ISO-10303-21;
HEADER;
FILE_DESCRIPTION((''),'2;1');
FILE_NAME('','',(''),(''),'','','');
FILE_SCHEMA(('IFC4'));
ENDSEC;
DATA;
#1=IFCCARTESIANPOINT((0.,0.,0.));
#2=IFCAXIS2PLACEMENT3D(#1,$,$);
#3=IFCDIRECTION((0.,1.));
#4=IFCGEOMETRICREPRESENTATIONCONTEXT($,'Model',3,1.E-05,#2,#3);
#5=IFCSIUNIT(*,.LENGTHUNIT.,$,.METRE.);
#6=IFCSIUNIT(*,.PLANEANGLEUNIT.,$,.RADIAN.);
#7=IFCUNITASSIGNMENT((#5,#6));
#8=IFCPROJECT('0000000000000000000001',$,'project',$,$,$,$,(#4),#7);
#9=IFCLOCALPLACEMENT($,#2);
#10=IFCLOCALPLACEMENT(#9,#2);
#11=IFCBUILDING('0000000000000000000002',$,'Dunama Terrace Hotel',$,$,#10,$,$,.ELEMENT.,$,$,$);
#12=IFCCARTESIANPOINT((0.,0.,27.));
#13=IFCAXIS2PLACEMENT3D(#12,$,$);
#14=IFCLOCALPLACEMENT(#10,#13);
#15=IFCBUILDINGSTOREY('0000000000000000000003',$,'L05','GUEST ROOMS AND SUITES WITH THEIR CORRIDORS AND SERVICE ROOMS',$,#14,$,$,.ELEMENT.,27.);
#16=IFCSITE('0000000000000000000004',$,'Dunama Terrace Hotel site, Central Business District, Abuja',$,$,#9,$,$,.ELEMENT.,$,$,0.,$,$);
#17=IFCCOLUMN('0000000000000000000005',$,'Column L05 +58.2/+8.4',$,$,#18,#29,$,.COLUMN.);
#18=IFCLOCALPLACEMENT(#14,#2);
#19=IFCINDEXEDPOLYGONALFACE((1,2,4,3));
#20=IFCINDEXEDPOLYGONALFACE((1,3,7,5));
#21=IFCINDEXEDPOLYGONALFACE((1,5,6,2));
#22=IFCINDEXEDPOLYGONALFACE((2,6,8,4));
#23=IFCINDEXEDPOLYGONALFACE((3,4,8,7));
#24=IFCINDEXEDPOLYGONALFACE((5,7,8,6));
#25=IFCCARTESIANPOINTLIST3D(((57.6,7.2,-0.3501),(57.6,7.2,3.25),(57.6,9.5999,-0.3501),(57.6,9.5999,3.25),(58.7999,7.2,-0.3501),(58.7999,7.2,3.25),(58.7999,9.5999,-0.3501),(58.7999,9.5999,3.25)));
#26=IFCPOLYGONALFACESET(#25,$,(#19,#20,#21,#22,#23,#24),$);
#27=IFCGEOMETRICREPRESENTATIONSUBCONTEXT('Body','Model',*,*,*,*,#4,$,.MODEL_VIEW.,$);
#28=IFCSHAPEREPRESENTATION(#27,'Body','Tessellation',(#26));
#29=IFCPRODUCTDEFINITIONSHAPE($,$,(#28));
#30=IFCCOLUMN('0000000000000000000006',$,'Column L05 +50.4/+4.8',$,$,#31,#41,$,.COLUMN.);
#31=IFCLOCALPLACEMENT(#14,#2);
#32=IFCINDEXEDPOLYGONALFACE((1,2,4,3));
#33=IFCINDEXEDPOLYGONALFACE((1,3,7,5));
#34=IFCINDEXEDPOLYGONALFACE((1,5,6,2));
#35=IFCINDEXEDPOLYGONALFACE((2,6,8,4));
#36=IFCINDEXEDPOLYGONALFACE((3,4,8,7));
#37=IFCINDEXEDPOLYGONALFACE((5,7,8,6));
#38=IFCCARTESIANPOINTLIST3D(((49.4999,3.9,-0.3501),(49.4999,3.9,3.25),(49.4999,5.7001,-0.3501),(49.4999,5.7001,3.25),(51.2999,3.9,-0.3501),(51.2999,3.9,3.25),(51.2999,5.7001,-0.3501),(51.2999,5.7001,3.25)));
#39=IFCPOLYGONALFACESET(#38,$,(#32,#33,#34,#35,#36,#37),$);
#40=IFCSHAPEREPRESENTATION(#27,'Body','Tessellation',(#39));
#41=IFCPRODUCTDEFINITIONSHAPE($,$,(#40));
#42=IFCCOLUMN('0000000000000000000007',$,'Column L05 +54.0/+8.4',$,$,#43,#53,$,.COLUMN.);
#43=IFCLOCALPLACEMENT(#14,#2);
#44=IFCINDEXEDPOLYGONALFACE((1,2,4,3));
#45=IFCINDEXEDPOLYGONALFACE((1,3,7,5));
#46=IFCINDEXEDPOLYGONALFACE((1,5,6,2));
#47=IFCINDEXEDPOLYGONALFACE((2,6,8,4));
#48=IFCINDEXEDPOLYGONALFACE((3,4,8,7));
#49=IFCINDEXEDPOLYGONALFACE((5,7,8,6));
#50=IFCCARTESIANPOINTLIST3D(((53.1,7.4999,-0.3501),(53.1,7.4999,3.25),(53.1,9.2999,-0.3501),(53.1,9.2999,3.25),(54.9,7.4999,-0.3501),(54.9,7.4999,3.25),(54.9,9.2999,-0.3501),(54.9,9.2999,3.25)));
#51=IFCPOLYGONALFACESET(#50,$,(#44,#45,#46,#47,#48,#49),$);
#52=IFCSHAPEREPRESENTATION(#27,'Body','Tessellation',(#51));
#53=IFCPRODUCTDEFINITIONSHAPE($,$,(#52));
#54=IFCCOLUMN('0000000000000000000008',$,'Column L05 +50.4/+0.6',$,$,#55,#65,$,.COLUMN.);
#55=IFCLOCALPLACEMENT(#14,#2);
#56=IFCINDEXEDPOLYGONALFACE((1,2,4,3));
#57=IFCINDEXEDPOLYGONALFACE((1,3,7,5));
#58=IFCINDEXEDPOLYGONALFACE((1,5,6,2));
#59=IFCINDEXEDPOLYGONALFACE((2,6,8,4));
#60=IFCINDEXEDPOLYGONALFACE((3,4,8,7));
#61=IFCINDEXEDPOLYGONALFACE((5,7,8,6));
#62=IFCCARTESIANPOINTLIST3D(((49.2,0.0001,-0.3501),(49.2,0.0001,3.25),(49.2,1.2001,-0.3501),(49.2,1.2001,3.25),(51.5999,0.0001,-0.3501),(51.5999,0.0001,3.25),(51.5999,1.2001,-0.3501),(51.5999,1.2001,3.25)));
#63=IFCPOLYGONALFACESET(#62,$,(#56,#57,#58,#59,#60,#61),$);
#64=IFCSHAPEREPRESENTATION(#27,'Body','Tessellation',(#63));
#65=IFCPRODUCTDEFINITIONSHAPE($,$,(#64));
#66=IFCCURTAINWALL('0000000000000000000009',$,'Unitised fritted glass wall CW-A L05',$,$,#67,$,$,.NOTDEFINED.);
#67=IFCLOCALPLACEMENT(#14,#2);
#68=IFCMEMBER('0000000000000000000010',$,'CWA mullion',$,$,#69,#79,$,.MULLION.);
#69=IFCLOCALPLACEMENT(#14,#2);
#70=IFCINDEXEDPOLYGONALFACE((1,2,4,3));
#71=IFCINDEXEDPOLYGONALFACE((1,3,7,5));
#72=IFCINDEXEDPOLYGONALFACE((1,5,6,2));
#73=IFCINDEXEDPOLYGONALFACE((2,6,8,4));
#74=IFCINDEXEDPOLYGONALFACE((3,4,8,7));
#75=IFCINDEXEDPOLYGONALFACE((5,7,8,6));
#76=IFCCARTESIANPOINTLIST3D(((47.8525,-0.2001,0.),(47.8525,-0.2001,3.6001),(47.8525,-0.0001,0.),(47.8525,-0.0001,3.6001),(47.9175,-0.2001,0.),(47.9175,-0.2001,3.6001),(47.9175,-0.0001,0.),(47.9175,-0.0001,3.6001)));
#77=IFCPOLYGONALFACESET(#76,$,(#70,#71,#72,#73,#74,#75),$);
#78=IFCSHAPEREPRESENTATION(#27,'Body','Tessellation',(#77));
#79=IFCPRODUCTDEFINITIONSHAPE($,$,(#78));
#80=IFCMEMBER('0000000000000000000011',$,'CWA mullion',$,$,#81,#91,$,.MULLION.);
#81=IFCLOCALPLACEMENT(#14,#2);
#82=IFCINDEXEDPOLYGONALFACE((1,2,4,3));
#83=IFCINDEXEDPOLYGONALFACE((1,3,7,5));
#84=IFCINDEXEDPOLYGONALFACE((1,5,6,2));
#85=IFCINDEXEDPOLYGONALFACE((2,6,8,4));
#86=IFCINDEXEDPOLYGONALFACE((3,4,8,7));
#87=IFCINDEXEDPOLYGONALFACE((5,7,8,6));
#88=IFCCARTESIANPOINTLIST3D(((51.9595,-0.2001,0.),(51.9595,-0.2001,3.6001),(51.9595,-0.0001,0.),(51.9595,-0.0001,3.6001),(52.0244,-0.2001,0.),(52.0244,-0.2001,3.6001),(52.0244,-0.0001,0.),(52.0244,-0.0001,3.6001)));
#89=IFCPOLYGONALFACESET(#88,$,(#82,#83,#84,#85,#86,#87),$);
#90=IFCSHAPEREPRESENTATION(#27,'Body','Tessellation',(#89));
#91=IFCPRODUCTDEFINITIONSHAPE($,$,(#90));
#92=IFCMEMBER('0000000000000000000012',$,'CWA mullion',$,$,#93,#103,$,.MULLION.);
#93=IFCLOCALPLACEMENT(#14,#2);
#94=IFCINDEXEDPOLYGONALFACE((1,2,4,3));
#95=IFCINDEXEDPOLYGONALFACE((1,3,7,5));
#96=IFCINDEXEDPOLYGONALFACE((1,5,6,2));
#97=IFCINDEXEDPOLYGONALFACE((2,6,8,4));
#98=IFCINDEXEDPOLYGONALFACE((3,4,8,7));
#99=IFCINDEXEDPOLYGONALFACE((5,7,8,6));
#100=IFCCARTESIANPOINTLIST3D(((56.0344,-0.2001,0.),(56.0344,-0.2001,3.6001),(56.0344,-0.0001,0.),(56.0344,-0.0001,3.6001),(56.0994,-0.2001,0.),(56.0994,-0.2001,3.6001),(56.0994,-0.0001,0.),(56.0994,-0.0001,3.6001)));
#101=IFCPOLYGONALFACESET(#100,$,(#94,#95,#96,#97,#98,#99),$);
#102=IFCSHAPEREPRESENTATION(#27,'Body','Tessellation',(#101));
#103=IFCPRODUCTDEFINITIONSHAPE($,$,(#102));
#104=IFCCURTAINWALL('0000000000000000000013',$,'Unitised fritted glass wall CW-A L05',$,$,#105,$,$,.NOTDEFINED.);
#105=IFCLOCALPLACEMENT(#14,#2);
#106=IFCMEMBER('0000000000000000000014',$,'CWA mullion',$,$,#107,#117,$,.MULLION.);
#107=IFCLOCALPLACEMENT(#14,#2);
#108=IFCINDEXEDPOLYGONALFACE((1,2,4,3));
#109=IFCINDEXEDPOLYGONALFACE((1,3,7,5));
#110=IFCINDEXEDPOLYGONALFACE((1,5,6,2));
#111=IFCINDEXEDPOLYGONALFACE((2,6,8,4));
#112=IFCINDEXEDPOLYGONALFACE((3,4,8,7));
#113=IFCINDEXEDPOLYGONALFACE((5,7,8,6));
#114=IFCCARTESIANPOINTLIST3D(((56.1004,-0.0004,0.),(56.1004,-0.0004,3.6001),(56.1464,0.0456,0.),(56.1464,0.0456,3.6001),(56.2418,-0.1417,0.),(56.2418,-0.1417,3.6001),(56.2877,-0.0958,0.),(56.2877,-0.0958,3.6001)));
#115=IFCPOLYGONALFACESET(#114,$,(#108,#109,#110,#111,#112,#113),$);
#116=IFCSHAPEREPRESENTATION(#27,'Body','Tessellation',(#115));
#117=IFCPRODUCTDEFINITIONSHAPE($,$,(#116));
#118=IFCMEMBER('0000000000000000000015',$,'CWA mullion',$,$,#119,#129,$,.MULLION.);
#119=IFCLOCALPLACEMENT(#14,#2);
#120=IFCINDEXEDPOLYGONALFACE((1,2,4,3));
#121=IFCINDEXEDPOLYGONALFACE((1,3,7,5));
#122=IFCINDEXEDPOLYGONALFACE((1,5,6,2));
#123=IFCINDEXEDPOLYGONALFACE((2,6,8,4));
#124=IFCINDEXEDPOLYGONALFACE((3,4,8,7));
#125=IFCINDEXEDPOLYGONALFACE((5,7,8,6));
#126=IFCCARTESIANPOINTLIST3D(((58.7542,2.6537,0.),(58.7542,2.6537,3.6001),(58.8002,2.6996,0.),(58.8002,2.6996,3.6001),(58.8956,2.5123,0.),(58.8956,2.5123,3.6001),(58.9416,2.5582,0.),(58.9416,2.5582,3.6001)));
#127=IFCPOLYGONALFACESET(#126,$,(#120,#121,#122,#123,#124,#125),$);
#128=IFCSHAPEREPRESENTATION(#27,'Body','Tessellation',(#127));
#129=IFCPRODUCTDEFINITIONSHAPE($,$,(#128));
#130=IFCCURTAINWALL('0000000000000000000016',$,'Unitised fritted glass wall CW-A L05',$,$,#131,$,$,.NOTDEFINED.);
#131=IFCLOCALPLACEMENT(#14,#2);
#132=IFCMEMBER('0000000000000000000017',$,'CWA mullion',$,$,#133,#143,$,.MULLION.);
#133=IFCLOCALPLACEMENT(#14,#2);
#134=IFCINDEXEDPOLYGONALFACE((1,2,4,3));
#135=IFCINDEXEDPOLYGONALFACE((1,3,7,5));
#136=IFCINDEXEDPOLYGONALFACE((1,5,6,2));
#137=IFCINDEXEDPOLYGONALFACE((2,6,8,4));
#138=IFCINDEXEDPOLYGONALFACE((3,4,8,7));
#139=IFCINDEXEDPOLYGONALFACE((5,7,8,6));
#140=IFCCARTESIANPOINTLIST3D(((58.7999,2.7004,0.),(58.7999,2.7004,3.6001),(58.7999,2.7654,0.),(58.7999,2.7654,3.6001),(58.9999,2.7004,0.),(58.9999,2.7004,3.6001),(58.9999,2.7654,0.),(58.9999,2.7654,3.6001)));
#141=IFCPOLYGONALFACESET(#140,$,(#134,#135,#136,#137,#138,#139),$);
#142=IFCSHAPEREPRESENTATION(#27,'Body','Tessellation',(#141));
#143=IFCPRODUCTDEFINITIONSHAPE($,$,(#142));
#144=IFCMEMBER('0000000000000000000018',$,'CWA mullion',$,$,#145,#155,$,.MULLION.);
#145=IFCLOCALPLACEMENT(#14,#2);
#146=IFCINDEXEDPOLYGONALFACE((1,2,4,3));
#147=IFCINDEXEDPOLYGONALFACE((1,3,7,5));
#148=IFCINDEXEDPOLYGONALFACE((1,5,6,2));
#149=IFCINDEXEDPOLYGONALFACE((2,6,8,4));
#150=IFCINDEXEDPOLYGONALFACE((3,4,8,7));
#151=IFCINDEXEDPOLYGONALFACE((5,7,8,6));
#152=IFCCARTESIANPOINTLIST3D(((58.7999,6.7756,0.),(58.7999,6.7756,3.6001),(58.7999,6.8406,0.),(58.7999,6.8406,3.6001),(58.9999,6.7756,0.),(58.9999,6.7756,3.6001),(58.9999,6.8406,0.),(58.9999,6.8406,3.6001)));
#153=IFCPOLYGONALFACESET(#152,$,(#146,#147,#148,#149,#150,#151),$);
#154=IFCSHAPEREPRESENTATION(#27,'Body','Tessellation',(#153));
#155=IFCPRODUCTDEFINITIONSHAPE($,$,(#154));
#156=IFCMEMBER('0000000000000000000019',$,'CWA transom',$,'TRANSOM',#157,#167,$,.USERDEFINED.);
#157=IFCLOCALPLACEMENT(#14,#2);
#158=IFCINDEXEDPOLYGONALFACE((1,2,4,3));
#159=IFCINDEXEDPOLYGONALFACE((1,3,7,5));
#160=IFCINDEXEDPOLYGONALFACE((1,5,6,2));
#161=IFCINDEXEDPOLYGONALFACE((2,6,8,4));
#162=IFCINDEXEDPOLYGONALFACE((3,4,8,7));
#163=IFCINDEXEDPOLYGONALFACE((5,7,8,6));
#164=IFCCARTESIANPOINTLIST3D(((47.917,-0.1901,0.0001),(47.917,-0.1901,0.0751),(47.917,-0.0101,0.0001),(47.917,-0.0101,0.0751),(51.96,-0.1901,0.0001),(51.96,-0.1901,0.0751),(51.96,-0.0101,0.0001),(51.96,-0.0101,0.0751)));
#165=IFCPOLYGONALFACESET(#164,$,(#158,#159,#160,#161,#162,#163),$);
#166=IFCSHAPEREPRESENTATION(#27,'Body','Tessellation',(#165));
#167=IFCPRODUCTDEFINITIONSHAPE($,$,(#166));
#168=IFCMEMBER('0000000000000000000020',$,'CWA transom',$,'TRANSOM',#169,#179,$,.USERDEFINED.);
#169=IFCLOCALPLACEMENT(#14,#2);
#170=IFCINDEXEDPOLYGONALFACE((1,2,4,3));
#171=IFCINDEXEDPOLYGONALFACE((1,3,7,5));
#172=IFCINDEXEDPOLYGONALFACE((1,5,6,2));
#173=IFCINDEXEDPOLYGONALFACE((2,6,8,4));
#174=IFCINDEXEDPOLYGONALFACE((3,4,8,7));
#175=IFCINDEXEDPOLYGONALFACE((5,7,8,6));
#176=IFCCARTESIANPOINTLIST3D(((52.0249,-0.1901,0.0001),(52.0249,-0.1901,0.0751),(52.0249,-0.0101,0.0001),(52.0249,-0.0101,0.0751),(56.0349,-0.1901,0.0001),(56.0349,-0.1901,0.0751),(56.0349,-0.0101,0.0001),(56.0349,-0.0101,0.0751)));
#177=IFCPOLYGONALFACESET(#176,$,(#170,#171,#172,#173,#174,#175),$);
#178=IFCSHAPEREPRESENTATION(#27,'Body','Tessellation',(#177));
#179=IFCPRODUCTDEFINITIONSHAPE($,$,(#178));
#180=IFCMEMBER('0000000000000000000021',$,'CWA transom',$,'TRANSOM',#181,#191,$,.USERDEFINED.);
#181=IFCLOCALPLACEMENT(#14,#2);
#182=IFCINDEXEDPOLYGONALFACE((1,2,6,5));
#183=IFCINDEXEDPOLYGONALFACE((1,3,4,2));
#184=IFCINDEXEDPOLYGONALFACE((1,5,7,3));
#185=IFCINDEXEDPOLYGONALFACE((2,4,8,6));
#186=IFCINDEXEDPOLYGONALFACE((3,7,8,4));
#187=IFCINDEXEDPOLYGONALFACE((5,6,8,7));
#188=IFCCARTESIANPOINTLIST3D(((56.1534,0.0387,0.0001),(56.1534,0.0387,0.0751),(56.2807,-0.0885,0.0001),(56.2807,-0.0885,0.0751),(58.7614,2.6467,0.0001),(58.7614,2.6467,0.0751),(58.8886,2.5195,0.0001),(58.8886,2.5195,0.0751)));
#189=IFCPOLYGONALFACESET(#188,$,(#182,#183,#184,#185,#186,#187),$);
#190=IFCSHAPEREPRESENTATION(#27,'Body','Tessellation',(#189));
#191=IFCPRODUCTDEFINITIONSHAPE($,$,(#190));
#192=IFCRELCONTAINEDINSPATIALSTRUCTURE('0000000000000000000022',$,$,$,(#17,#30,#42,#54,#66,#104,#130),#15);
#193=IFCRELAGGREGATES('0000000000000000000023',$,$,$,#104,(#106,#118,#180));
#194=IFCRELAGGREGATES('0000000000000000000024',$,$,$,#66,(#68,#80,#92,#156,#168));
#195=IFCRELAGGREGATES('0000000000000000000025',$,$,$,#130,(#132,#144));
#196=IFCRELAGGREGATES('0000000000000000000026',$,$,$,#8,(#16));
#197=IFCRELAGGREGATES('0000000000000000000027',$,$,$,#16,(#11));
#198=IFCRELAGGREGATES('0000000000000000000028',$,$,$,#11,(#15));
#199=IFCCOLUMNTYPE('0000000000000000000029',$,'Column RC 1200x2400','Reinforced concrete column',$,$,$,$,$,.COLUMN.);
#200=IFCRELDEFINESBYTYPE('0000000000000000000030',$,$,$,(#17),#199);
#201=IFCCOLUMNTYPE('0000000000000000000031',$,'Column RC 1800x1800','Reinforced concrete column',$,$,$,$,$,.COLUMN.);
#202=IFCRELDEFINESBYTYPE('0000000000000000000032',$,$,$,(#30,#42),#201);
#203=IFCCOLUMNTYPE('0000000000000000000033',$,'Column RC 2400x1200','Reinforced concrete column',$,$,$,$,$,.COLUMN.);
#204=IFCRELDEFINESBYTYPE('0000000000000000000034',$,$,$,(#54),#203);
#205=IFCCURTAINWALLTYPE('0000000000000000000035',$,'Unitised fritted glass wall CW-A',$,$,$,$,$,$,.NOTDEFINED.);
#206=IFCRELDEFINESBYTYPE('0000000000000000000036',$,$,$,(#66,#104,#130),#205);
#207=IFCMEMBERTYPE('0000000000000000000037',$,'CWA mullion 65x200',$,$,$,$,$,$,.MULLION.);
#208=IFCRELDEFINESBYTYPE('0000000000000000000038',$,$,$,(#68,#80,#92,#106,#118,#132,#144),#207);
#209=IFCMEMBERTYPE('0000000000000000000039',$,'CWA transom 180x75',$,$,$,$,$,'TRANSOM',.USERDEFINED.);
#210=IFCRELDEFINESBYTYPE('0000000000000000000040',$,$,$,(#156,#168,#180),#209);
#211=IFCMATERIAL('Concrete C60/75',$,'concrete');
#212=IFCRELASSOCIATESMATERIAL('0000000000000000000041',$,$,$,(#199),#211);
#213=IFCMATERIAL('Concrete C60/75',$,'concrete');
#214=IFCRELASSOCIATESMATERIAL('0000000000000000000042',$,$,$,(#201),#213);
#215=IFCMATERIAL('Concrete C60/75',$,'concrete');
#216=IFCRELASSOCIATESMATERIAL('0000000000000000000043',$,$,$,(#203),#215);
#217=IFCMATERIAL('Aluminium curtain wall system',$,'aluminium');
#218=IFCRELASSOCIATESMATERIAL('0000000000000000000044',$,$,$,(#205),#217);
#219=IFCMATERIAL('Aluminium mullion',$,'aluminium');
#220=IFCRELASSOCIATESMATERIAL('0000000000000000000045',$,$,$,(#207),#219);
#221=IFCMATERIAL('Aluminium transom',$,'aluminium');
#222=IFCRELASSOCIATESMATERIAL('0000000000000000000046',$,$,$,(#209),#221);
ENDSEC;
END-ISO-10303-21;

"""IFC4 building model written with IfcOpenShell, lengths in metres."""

from ifc_helpers import new_model, si_unit, direction, frame, origin, origin_2d, place, context, subcontext, project, spatial, rectangle, extrude, material, material_profile, profile_set, type_object, element, aggregate, save


model = new_model("IFC4")

# Units and contexts
model_context = context("Model", 3, precision=1e-05, world=origin(), true_north=direction((0.0, 1.0)))
body_context = subcontext(model_context, "Body", "Model", "MODEL_VIEW")
ifc_project = project(units=[si_unit("LENGTHUNIT", "METRE"), si_unit("PLANEANGLEUNIT", "RADIAN")], contexts=[model_context])

# Site, building, storey
site_placement = place(None, origin())
site = spatial("IfcSite", under=ifc_project, at=site_placement, Name="Dunama Terrace Hotel site, Central Business District, Abuja", CompositionType="ELEMENT", RefElevation=0.0)
building_placement = place(site_placement, origin())
building = spatial("IfcBuilding", under=site, at=building_placement, Name="Dunama Terrace Hotel", CompositionType="ELEMENT")
storey_placement = place(building_placement, frame((0.0, 0.0, 27.0)))
storey = spatial("IfcBuildingStorey", under=building, at=storey_placement, Name="L05", Description="GUEST ROOMS AND SUITES WITH THEIR CORRIDORS AND SERVICE ROOMS", CompositionType="ELEMENT", Elevation=27.0)

# Columns
ifc_material_1 = material(Name="Concrete C60/75", Category="concrete")
ifc_material_profile_1 = material_profile(ifc_material_1, rectangle(XDim=1.2, YDim=2.3999, at=origin_2d()), Name="RC 1200x2400")
ifc_profile_set_1 = profile_set([ifc_material_profile_1], Name="Concrete C60/75")
column_type_1 = type_object("IfcColumnType", Name="Column RC 1200x2400", Description="Reinforced concrete column", PredefinedType="COLUMN", material=ifc_profile_set_1)
column_1_placement = place(storey_placement, frame((58.2, 8.3999, -0.3501), z_axis=(0.0, 0.0, 1.0), x_axis=(1.0, 0.0, 0.0)))
element("IfcColumn", 1, at=column_1_placement, inside=storey, type_object=column_type_1, Name="Column L05 +58.2/+8.4", PredefinedType="COLUMN", context=body_context, shape_type="SweptSolid", body=[
    extrude(rectangle(XDim=1.2, YDim=2.3999, at=origin_2d()), origin(), (0.0, 0.0, 1.0), 3.6001),
])
ifc_material_2 = material(Name="Concrete C60/75", Category="concrete")
ifc_material_profile_2 = material_profile(ifc_material_2, rectangle(XDim=1.8, YDim=1.8, at=origin_2d()), Name="RC 1800x1800")
ifc_profile_set_2 = profile_set([ifc_material_profile_2], Name="Concrete C60/75")
column_type_2 = type_object("IfcColumnType", Name="Column RC 1800x1800", Description="Reinforced concrete column", PredefinedType="COLUMN", material=ifc_profile_set_2)
for number, where, z_axis, x_axis, name in (
    (2, (50.3999, 4.8, -0.3501), (0.0, 0.0, 1.0), (1.0, 0.0, 0.0), "Column L05 +50.4/+4.8"),
    (3, (54.0, 8.3999, -0.3501), (0.0, 0.0, 1.0), (1.0, 0.0, 0.0), "Column L05 +54.0/+8.4"),
):
    element("IfcColumn", number, at=place(storey_placement, frame(where, z_axis=z_axis, x_axis=x_axis)), inside=storey, type_object=column_type_2, Name=name, PredefinedType="COLUMN", context=body_context, shape_type="SweptSolid", body=[
        extrude(rectangle(XDim=1.8, YDim=1.8, at=origin_2d()), origin(), (0.0, 0.0, 1.0), 3.6001),
    ])
ifc_material_3 = material(Name="Concrete C60/75", Category="concrete")
ifc_material_profile_3 = material_profile(ifc_material_3, rectangle(XDim=2.3999, YDim=1.2, at=origin_2d()), Name="RC 2400x1200")
ifc_profile_set_3 = profile_set([ifc_material_profile_3], Name="Concrete C60/75")
column_type_3 = type_object("IfcColumnType", Name="Column RC 2400x1200", Description="Reinforced concrete column", PredefinedType="COLUMN", material=ifc_profile_set_3)
column_2_placement = place(storey_placement, frame((50.3999, 0.6001, -0.3501), z_axis=(0.0, 0.0, 1.0), x_axis=(1.0, 0.0, 0.0)))
element("IfcColumn", 4, at=column_2_placement, inside=storey, type_object=column_type_3, Name="Column L05 +50.4/+0.6", PredefinedType="COLUMN", context=body_context, shape_type="SweptSolid", body=[
    extrude(rectangle(XDim=2.3999, YDim=1.2, at=origin_2d()), origin(), (0.0, 0.0, 1.0), 3.6001),
])

# Curtain walls, members
ifc_material_4 = material(Name="Aluminium curtain wall system", Category="aluminium")
curtain_wall_type = type_object("IfcCurtainWallType", Name="Unitised fritted glass wall CW-A", PredefinedType="NOTDEFINED", material=ifc_material_4)
curtain_wall_1_placement = place(storey_placement, origin())
curtain_wall_1 = element("IfcCurtainWall", 5, at=curtain_wall_1_placement, inside=storey, type_object=curtain_wall_type, Name="Unitised fritted glass wall CW-A L05", PredefinedType="NOTDEFINED")
ifc_material_5 = material(Name="Aluminium mullion", Category="aluminium")
ifc_material_profile_4 = material_profile(ifc_material_5, rectangle(XDim=0.0649, YDim=0.2, at=origin_2d()), Name="CWA MULLION 65X200")
ifc_profile_set_4 = profile_set([ifc_material_profile_4], Name="Aluminium mullion")
member_type_1 = type_object("IfcMemberType", Name="CWA mullion 65x200", PredefinedType="MULLION", material=ifc_profile_set_4)
member_1_placement = place(storey_placement, frame((47.885, -0.1001, 0.0), z_axis=(0.0, 0.0, 1.0), x_axis=(1.0, 0.0, 0.0)))
member_1 = element("IfcMember", 6, at=member_1_placement, type_object=member_type_1, Name="CWA mullion", PredefinedType="MULLION", context=body_context, shape_type="SweptSolid", body=[
    extrude(rectangle(XDim=0.0649, YDim=0.2, at=origin_2d()), origin(), (0.0, 0.0, 1.0), 3.6001),
])
member_2_placement = place(storey_placement, frame((51.9919, -0.1001, 0.0), z_axis=(0.0, 0.0, 1.0), x_axis=(1.0, 0.0, 0.0)))
member_2 = element("IfcMember", 7, at=member_2_placement, type_object=member_type_1, Name="CWA mullion", PredefinedType="MULLION", context=body_context, shape_type="SweptSolid", body=[
    extrude(rectangle(XDim=0.0649, YDim=0.2, at=origin_2d()), origin(), (0.0, 0.0, 1.0), 3.6001),
])
member_3_placement = place(storey_placement, frame((56.0669, -0.1001, 0.0), z_axis=(0.0, 0.0, 1.0), x_axis=(1.0, 0.0, 0.0)))
member_3 = element("IfcMember", 8, at=member_3_placement, type_object=member_type_1, Name="CWA mullion", PredefinedType="MULLION", context=body_context, shape_type="SweptSolid", body=[
    extrude(rectangle(XDim=0.0649, YDim=0.2, at=origin_2d()), origin(), (0.0, 0.0, 1.0), 3.6001),
])
curtain_wall_2_placement = place(storey_placement, origin())
curtain_wall_2 = element("IfcCurtainWall", 9, at=curtain_wall_2_placement, inside=storey, type_object=curtain_wall_type, Name="Unitised fritted glass wall CW-A L05", PredefinedType="NOTDEFINED")
member_4_placement = place(storey_placement, frame((56.1941, -0.0481, 0.0), z_axis=(0.0, 0.0, 1.0), x_axis=(0.707107, 0.707107, 0.0)))
member_4 = element("IfcMember", 10, at=member_4_placement, type_object=member_type_1, Name="CWA mullion", PredefinedType="MULLION", context=body_context, shape_type="SweptSolid", body=[
    extrude(rectangle(XDim=0.0649, YDim=0.2, at=origin_2d()), origin(), (0.0, 0.0, 1.0), 3.6001),
])
member_5_placement = place(storey_placement, frame((58.8479, 2.606, 0.0), z_axis=(0.0, 0.0, 1.0), x_axis=(0.707107, 0.707107, 0.0)))
member_5 = element("IfcMember", 11, at=member_5_placement, type_object=member_type_1, Name="CWA mullion", PredefinedType="MULLION", context=body_context, shape_type="SweptSolid", body=[
    extrude(rectangle(XDim=0.0649, YDim=0.2, at=origin_2d()), origin(), (0.0, 0.0, 1.0), 3.6001),
])
curtain_wall_3_placement = place(storey_placement, origin())
curtain_wall_3 = element("IfcCurtainWall", 12, at=curtain_wall_3_placement, inside=storey, type_object=curtain_wall_type, Name="Unitised fritted glass wall CW-A L05", PredefinedType="NOTDEFINED")
member_6_placement = place(storey_placement, frame((58.8999, 2.7329, 0.0), z_axis=(0.0, 0.0, 1.0), x_axis=(0.0, 1.0, 0.0)))
member_6 = element("IfcMember", 13, at=member_6_placement, type_object=member_type_1, Name="CWA mullion", PredefinedType="MULLION", context=body_context, shape_type="SweptSolid", body=[
    extrude(rectangle(XDim=0.0649, YDim=0.2, at=origin_2d()), origin(), (0.0, 0.0, 1.0), 3.6001),
])
member_7_placement = place(storey_placement, frame((58.8999, 6.8081, 0.0), z_axis=(0.0, 0.0, 1.0), x_axis=(0.0, 1.0, 0.0)))
member_7 = element("IfcMember", 14, at=member_7_placement, type_object=member_type_1, Name="CWA mullion", PredefinedType="MULLION", context=body_context, shape_type="SweptSolid", body=[
    extrude(rectangle(XDim=0.0649, YDim=0.2, at=origin_2d()), origin(), (0.0, 0.0, 1.0), 3.6001),
])

# Members
ifc_material_6 = material(Name="Aluminium transom", Category="aluminium")
ifc_material_profile_5 = material_profile(ifc_material_6, rectangle(XDim=0.1799, YDim=0.075, at=origin_2d()), Name="CWA TRANSOM 180X75")
ifc_profile_set_5 = profile_set([ifc_material_profile_5], Name="Aluminium transom")
member_type_2 = type_object("IfcMemberType", Name="CWA transom 180x75", ElementType="TRANSOM", PredefinedType="USERDEFINED", material=ifc_profile_set_5)
member_8_placement = place(storey_placement, frame((47.917, -0.1001, 0.0376), z_axis=(1.0, 0.0, 0.0), x_axis=(0.0, 1.0, 0.0)))
member_8 = element("IfcMember", 15, at=member_8_placement, type_object=member_type_2, Name="CWA transom", ObjectType="TRANSOM", PredefinedType="USERDEFINED", context=body_context, shape_type="SweptSolid", body=[
    extrude(rectangle(XDim=0.1799, YDim=0.075, at=origin_2d()), origin(), (0.0, 0.0, 1.0), 4.043),
])
member_9_placement = place(storey_placement, frame((52.0249, -0.1001, 0.0376), z_axis=(1.0, 0.0, 0.0), x_axis=(0.0, 1.0, 0.0)))
member_9 = element("IfcMember", 16, at=member_9_placement, type_object=member_type_2, Name="CWA transom", ObjectType="TRANSOM", PredefinedType="USERDEFINED", context=body_context, shape_type="SweptSolid", body=[
    extrude(rectangle(XDim=0.1799, YDim=0.075, at=origin_2d()), origin(), (0.0, 0.0, 1.0), 4.01),
])
member_10_placement = place(storey_placement, frame((56.217, -0.0249, 0.0376), z_axis=(0.707107, 0.707107, 0.0), x_axis=(-0.707107, 0.707107, 0.0)))
member_10 = element("IfcMember", 17, at=member_10_placement, type_object=member_type_2, Name="CWA transom", ObjectType="TRANSOM", PredefinedType="USERDEFINED", context=body_context, shape_type="SweptSolid", body=[
    extrude(rectangle(XDim=0.1799, YDim=0.075, at=origin_2d()), origin(), (0.0, 0.0, 1.0), 3.6882),
])

aggregate(curtain_wall_2, [member_4, member_5, member_10])
aggregate(curtain_wall_1, [member_1, member_2, member_3, member_8, member_9])
aggregate(curtain_wall_3, [member_6, member_7])

save(model, "model.ifc")
